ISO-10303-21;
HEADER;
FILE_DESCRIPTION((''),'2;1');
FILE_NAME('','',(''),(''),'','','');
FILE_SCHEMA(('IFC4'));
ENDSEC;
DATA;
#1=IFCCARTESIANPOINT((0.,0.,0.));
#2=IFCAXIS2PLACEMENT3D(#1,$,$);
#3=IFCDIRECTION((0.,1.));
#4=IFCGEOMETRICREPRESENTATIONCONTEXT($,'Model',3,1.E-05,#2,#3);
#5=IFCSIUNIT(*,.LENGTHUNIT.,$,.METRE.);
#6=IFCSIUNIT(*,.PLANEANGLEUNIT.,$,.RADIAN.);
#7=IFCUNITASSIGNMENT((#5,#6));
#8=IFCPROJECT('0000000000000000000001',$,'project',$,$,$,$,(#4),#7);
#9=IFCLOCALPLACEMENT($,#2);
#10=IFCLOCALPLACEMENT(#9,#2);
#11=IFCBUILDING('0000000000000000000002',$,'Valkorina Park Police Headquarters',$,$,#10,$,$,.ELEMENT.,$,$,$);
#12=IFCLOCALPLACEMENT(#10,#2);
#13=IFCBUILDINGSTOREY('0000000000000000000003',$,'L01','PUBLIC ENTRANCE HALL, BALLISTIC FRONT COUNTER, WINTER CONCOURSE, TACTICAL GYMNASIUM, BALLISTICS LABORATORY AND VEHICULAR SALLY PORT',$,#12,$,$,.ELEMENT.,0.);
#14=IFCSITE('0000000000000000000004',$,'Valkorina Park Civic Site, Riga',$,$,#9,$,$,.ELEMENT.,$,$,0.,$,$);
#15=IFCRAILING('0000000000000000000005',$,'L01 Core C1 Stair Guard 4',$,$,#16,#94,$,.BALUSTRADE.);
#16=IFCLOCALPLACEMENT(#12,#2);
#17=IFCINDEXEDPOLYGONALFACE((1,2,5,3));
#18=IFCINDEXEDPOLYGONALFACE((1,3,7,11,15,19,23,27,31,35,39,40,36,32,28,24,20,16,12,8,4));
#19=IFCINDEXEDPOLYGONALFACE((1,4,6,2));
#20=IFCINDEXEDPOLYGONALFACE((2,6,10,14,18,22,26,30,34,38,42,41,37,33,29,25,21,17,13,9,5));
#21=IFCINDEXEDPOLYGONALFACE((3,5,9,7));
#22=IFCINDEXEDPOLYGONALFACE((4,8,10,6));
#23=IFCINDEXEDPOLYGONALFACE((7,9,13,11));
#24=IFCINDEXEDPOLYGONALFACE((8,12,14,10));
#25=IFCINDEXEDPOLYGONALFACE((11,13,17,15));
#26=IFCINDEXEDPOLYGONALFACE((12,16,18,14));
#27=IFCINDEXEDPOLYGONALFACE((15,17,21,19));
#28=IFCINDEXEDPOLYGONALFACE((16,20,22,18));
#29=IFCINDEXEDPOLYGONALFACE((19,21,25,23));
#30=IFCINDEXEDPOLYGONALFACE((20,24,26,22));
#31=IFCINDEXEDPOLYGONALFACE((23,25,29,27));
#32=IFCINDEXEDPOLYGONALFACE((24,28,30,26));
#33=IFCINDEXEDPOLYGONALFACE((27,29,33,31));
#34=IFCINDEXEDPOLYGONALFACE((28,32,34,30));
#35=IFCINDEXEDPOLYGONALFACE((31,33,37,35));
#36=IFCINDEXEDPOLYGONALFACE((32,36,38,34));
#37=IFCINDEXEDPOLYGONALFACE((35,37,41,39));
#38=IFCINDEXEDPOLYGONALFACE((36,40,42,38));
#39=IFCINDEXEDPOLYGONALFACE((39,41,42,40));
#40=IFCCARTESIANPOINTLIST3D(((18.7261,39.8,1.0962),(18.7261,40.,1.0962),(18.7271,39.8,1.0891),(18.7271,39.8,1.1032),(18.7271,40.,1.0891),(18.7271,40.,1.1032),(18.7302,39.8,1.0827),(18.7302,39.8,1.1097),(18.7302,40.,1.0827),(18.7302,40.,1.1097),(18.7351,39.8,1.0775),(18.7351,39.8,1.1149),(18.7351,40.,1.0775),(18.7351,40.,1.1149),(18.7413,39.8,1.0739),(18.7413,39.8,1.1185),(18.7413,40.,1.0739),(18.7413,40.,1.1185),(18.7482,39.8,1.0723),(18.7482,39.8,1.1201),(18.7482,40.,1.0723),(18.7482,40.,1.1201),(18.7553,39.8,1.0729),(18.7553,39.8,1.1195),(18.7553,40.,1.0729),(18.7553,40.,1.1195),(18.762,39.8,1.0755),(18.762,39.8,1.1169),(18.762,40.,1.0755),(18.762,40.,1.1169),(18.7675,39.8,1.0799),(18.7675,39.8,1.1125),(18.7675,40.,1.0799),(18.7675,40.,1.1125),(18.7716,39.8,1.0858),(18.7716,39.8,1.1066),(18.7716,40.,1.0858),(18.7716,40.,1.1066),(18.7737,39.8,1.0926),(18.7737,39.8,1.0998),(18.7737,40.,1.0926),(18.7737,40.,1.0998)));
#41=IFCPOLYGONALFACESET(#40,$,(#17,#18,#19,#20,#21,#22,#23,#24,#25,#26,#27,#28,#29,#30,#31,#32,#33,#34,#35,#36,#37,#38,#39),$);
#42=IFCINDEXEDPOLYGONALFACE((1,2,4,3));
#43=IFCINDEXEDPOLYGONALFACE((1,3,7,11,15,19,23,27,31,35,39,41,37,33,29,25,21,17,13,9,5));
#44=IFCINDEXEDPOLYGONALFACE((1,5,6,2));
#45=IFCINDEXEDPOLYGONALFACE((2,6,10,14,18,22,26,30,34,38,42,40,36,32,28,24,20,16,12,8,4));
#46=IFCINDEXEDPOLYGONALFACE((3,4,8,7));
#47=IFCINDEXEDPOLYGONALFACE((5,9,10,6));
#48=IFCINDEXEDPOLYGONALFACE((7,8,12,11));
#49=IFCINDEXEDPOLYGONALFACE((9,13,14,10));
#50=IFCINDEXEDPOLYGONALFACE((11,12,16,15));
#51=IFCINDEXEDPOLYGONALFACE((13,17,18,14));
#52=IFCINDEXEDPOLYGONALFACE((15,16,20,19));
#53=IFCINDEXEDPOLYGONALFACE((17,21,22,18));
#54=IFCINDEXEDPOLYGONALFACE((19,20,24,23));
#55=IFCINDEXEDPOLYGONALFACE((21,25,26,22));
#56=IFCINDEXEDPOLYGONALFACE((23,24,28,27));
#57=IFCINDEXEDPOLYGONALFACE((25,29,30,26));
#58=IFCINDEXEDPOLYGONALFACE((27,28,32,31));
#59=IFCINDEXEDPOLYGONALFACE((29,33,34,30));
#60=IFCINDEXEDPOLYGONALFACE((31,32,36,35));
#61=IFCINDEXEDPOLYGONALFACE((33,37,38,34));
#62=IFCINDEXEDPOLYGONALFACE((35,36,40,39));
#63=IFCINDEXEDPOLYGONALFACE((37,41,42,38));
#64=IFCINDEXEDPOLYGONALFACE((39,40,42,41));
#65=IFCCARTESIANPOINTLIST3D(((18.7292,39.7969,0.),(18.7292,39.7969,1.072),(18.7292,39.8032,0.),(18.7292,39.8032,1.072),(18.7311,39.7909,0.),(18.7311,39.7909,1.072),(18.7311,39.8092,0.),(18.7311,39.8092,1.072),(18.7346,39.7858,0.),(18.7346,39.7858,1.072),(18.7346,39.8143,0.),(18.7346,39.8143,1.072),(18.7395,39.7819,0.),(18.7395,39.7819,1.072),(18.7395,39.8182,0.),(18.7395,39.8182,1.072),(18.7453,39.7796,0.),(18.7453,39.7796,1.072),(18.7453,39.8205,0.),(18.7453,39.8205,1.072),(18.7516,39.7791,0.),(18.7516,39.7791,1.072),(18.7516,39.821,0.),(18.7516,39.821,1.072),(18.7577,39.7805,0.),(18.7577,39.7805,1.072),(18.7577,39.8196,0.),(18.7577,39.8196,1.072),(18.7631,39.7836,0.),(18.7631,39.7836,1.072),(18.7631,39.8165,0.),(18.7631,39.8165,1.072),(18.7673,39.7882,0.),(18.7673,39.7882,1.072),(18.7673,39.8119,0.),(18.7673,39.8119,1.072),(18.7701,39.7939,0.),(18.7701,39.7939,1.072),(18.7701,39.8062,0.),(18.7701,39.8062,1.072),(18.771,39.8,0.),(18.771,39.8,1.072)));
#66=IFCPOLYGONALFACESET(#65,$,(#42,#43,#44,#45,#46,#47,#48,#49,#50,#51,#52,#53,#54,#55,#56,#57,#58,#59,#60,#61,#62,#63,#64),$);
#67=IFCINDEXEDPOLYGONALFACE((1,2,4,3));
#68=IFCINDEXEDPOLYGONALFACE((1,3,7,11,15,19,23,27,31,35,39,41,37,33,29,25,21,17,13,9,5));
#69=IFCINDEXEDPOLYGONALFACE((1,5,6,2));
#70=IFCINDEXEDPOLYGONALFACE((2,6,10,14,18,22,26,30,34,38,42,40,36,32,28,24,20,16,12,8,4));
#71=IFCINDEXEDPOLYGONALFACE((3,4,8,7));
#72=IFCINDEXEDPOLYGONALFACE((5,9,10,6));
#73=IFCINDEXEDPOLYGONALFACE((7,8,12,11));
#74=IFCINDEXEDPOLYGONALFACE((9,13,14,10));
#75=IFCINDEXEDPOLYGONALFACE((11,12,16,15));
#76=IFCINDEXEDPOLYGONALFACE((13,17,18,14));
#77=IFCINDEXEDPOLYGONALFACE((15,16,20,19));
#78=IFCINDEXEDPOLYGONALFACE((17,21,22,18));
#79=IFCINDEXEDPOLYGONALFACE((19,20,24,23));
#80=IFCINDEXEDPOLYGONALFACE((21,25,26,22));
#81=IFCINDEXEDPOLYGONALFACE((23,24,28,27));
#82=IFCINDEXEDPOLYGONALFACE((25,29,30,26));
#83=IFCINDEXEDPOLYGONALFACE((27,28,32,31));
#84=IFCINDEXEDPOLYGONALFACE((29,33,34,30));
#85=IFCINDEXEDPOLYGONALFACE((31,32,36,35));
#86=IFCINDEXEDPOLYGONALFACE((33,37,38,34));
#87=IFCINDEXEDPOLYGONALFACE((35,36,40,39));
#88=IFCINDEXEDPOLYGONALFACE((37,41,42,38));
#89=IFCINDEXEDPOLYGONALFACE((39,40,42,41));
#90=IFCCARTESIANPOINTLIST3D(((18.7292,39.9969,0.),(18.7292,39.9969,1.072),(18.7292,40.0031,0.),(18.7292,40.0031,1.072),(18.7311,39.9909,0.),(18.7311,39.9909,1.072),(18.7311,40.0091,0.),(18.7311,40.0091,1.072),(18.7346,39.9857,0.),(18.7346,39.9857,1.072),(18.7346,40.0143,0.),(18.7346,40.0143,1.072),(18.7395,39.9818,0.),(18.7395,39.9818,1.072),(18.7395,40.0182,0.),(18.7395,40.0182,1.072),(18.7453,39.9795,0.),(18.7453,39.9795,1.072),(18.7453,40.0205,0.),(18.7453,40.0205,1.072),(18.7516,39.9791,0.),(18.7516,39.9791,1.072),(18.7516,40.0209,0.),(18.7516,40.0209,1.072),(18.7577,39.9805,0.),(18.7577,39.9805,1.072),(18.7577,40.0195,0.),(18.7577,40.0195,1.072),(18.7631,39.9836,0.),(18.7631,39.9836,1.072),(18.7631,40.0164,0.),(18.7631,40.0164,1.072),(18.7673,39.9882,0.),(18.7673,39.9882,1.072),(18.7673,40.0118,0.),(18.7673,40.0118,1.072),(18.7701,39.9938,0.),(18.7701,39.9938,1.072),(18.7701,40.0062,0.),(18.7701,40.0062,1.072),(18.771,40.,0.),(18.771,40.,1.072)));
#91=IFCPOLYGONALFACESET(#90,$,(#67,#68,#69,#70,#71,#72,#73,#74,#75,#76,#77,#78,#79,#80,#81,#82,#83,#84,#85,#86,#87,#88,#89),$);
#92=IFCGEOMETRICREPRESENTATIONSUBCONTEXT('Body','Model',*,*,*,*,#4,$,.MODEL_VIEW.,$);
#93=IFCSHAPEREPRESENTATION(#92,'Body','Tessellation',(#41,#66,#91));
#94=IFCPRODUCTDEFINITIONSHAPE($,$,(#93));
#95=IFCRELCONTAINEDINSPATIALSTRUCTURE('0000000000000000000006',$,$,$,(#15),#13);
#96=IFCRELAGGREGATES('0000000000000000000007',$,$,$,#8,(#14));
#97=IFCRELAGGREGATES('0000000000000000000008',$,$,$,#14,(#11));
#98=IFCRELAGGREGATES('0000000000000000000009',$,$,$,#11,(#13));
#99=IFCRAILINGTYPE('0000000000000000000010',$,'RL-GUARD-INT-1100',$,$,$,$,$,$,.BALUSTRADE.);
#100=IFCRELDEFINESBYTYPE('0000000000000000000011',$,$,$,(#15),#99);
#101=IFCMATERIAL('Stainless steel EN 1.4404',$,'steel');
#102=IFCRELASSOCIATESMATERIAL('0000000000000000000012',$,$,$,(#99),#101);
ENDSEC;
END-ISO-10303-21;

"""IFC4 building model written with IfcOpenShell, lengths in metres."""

from ifc_helpers import new_model, si_unit, direction, frame, origin, origin_2d, place, context, subcontext, project, spatial, circle, extrude, material, type_object, element, save


model = new_model("IFC4")

# Units and contexts
model_context = context("Model", 3, precision=1e-05, world=origin(), true_north=direction((0.0, 1.0)))
body_context = subcontext(model_context, "Body", "Model", "MODEL_VIEW")
ifc_project = project(units=[si_unit("LENGTHUNIT", "METRE"), si_unit("PLANEANGLEUNIT", "RADIAN")], contexts=[model_context])

# Site, building, storey
site_placement = place(None, origin())
site = spatial("IfcSite", under=ifc_project, at=site_placement, Name="Valkorina Park Civic Site, Riga", CompositionType="ELEMENT", RefElevation=0.0)
building_placement = place(site_placement, origin())
building = spatial("IfcBuilding", under=site, at=building_placement, Name="Valkorina Park Police Headquarters", CompositionType="ELEMENT")
storey_placement = place(building_placement, origin())
storey = spatial("IfcBuildingStorey", under=building, at=storey_placement, Name="L01", Description="PUBLIC ENTRANCE HALL, BALLISTIC FRONT COUNTER, WINTER CONCOURSE, TACTICAL GYMNASIUM, BALLISTICS LABORATORY AND VEHICULAR SALLY PORT", CompositionType="ELEMENT", Elevation=0.0)

# Shared definitions
ifc_material_1 = material(Name="Stainless steel EN 1.4404", Category="steel")

# Railing
railing_type_1 = type_object("IfcRailingType", Name="RL-GUARD-INT-1100", PredefinedType="BALUSTRADE", material=ifc_material_1)
railing_1_placement = place(storey_placement, frame((18.75, 39.8, 0.0)))
element("IfcRailing", 1, at=railing_1_placement, inside=storey, type_object=railing_type_1, Name="L01 Core C1 Stair Guard 4", PredefinedType="BALUSTRADE", context=body_context, shape_type="SweptSolid", body=[
    extrude(circle(Radius=0.0239, at=origin_2d()), frame((0.0, 0.0, 1.0962), z_axis=(0.0, 1.0, 0.0), x_axis=(-1.0, 0.0, 0.0)), (0.0, 0.0, 1.0), 0.2),
    extrude(circle(Radius=0.021, at=origin_2d()), origin(), (0.0, 0.0, 1.0), 1.072),
    extrude(circle(Radius=0.021, at=origin_2d()), frame((0.0, 0.2, 0.0)), (0.0, 0.0, 1.0), 1.072),
])

save(model, "model.ifc")
